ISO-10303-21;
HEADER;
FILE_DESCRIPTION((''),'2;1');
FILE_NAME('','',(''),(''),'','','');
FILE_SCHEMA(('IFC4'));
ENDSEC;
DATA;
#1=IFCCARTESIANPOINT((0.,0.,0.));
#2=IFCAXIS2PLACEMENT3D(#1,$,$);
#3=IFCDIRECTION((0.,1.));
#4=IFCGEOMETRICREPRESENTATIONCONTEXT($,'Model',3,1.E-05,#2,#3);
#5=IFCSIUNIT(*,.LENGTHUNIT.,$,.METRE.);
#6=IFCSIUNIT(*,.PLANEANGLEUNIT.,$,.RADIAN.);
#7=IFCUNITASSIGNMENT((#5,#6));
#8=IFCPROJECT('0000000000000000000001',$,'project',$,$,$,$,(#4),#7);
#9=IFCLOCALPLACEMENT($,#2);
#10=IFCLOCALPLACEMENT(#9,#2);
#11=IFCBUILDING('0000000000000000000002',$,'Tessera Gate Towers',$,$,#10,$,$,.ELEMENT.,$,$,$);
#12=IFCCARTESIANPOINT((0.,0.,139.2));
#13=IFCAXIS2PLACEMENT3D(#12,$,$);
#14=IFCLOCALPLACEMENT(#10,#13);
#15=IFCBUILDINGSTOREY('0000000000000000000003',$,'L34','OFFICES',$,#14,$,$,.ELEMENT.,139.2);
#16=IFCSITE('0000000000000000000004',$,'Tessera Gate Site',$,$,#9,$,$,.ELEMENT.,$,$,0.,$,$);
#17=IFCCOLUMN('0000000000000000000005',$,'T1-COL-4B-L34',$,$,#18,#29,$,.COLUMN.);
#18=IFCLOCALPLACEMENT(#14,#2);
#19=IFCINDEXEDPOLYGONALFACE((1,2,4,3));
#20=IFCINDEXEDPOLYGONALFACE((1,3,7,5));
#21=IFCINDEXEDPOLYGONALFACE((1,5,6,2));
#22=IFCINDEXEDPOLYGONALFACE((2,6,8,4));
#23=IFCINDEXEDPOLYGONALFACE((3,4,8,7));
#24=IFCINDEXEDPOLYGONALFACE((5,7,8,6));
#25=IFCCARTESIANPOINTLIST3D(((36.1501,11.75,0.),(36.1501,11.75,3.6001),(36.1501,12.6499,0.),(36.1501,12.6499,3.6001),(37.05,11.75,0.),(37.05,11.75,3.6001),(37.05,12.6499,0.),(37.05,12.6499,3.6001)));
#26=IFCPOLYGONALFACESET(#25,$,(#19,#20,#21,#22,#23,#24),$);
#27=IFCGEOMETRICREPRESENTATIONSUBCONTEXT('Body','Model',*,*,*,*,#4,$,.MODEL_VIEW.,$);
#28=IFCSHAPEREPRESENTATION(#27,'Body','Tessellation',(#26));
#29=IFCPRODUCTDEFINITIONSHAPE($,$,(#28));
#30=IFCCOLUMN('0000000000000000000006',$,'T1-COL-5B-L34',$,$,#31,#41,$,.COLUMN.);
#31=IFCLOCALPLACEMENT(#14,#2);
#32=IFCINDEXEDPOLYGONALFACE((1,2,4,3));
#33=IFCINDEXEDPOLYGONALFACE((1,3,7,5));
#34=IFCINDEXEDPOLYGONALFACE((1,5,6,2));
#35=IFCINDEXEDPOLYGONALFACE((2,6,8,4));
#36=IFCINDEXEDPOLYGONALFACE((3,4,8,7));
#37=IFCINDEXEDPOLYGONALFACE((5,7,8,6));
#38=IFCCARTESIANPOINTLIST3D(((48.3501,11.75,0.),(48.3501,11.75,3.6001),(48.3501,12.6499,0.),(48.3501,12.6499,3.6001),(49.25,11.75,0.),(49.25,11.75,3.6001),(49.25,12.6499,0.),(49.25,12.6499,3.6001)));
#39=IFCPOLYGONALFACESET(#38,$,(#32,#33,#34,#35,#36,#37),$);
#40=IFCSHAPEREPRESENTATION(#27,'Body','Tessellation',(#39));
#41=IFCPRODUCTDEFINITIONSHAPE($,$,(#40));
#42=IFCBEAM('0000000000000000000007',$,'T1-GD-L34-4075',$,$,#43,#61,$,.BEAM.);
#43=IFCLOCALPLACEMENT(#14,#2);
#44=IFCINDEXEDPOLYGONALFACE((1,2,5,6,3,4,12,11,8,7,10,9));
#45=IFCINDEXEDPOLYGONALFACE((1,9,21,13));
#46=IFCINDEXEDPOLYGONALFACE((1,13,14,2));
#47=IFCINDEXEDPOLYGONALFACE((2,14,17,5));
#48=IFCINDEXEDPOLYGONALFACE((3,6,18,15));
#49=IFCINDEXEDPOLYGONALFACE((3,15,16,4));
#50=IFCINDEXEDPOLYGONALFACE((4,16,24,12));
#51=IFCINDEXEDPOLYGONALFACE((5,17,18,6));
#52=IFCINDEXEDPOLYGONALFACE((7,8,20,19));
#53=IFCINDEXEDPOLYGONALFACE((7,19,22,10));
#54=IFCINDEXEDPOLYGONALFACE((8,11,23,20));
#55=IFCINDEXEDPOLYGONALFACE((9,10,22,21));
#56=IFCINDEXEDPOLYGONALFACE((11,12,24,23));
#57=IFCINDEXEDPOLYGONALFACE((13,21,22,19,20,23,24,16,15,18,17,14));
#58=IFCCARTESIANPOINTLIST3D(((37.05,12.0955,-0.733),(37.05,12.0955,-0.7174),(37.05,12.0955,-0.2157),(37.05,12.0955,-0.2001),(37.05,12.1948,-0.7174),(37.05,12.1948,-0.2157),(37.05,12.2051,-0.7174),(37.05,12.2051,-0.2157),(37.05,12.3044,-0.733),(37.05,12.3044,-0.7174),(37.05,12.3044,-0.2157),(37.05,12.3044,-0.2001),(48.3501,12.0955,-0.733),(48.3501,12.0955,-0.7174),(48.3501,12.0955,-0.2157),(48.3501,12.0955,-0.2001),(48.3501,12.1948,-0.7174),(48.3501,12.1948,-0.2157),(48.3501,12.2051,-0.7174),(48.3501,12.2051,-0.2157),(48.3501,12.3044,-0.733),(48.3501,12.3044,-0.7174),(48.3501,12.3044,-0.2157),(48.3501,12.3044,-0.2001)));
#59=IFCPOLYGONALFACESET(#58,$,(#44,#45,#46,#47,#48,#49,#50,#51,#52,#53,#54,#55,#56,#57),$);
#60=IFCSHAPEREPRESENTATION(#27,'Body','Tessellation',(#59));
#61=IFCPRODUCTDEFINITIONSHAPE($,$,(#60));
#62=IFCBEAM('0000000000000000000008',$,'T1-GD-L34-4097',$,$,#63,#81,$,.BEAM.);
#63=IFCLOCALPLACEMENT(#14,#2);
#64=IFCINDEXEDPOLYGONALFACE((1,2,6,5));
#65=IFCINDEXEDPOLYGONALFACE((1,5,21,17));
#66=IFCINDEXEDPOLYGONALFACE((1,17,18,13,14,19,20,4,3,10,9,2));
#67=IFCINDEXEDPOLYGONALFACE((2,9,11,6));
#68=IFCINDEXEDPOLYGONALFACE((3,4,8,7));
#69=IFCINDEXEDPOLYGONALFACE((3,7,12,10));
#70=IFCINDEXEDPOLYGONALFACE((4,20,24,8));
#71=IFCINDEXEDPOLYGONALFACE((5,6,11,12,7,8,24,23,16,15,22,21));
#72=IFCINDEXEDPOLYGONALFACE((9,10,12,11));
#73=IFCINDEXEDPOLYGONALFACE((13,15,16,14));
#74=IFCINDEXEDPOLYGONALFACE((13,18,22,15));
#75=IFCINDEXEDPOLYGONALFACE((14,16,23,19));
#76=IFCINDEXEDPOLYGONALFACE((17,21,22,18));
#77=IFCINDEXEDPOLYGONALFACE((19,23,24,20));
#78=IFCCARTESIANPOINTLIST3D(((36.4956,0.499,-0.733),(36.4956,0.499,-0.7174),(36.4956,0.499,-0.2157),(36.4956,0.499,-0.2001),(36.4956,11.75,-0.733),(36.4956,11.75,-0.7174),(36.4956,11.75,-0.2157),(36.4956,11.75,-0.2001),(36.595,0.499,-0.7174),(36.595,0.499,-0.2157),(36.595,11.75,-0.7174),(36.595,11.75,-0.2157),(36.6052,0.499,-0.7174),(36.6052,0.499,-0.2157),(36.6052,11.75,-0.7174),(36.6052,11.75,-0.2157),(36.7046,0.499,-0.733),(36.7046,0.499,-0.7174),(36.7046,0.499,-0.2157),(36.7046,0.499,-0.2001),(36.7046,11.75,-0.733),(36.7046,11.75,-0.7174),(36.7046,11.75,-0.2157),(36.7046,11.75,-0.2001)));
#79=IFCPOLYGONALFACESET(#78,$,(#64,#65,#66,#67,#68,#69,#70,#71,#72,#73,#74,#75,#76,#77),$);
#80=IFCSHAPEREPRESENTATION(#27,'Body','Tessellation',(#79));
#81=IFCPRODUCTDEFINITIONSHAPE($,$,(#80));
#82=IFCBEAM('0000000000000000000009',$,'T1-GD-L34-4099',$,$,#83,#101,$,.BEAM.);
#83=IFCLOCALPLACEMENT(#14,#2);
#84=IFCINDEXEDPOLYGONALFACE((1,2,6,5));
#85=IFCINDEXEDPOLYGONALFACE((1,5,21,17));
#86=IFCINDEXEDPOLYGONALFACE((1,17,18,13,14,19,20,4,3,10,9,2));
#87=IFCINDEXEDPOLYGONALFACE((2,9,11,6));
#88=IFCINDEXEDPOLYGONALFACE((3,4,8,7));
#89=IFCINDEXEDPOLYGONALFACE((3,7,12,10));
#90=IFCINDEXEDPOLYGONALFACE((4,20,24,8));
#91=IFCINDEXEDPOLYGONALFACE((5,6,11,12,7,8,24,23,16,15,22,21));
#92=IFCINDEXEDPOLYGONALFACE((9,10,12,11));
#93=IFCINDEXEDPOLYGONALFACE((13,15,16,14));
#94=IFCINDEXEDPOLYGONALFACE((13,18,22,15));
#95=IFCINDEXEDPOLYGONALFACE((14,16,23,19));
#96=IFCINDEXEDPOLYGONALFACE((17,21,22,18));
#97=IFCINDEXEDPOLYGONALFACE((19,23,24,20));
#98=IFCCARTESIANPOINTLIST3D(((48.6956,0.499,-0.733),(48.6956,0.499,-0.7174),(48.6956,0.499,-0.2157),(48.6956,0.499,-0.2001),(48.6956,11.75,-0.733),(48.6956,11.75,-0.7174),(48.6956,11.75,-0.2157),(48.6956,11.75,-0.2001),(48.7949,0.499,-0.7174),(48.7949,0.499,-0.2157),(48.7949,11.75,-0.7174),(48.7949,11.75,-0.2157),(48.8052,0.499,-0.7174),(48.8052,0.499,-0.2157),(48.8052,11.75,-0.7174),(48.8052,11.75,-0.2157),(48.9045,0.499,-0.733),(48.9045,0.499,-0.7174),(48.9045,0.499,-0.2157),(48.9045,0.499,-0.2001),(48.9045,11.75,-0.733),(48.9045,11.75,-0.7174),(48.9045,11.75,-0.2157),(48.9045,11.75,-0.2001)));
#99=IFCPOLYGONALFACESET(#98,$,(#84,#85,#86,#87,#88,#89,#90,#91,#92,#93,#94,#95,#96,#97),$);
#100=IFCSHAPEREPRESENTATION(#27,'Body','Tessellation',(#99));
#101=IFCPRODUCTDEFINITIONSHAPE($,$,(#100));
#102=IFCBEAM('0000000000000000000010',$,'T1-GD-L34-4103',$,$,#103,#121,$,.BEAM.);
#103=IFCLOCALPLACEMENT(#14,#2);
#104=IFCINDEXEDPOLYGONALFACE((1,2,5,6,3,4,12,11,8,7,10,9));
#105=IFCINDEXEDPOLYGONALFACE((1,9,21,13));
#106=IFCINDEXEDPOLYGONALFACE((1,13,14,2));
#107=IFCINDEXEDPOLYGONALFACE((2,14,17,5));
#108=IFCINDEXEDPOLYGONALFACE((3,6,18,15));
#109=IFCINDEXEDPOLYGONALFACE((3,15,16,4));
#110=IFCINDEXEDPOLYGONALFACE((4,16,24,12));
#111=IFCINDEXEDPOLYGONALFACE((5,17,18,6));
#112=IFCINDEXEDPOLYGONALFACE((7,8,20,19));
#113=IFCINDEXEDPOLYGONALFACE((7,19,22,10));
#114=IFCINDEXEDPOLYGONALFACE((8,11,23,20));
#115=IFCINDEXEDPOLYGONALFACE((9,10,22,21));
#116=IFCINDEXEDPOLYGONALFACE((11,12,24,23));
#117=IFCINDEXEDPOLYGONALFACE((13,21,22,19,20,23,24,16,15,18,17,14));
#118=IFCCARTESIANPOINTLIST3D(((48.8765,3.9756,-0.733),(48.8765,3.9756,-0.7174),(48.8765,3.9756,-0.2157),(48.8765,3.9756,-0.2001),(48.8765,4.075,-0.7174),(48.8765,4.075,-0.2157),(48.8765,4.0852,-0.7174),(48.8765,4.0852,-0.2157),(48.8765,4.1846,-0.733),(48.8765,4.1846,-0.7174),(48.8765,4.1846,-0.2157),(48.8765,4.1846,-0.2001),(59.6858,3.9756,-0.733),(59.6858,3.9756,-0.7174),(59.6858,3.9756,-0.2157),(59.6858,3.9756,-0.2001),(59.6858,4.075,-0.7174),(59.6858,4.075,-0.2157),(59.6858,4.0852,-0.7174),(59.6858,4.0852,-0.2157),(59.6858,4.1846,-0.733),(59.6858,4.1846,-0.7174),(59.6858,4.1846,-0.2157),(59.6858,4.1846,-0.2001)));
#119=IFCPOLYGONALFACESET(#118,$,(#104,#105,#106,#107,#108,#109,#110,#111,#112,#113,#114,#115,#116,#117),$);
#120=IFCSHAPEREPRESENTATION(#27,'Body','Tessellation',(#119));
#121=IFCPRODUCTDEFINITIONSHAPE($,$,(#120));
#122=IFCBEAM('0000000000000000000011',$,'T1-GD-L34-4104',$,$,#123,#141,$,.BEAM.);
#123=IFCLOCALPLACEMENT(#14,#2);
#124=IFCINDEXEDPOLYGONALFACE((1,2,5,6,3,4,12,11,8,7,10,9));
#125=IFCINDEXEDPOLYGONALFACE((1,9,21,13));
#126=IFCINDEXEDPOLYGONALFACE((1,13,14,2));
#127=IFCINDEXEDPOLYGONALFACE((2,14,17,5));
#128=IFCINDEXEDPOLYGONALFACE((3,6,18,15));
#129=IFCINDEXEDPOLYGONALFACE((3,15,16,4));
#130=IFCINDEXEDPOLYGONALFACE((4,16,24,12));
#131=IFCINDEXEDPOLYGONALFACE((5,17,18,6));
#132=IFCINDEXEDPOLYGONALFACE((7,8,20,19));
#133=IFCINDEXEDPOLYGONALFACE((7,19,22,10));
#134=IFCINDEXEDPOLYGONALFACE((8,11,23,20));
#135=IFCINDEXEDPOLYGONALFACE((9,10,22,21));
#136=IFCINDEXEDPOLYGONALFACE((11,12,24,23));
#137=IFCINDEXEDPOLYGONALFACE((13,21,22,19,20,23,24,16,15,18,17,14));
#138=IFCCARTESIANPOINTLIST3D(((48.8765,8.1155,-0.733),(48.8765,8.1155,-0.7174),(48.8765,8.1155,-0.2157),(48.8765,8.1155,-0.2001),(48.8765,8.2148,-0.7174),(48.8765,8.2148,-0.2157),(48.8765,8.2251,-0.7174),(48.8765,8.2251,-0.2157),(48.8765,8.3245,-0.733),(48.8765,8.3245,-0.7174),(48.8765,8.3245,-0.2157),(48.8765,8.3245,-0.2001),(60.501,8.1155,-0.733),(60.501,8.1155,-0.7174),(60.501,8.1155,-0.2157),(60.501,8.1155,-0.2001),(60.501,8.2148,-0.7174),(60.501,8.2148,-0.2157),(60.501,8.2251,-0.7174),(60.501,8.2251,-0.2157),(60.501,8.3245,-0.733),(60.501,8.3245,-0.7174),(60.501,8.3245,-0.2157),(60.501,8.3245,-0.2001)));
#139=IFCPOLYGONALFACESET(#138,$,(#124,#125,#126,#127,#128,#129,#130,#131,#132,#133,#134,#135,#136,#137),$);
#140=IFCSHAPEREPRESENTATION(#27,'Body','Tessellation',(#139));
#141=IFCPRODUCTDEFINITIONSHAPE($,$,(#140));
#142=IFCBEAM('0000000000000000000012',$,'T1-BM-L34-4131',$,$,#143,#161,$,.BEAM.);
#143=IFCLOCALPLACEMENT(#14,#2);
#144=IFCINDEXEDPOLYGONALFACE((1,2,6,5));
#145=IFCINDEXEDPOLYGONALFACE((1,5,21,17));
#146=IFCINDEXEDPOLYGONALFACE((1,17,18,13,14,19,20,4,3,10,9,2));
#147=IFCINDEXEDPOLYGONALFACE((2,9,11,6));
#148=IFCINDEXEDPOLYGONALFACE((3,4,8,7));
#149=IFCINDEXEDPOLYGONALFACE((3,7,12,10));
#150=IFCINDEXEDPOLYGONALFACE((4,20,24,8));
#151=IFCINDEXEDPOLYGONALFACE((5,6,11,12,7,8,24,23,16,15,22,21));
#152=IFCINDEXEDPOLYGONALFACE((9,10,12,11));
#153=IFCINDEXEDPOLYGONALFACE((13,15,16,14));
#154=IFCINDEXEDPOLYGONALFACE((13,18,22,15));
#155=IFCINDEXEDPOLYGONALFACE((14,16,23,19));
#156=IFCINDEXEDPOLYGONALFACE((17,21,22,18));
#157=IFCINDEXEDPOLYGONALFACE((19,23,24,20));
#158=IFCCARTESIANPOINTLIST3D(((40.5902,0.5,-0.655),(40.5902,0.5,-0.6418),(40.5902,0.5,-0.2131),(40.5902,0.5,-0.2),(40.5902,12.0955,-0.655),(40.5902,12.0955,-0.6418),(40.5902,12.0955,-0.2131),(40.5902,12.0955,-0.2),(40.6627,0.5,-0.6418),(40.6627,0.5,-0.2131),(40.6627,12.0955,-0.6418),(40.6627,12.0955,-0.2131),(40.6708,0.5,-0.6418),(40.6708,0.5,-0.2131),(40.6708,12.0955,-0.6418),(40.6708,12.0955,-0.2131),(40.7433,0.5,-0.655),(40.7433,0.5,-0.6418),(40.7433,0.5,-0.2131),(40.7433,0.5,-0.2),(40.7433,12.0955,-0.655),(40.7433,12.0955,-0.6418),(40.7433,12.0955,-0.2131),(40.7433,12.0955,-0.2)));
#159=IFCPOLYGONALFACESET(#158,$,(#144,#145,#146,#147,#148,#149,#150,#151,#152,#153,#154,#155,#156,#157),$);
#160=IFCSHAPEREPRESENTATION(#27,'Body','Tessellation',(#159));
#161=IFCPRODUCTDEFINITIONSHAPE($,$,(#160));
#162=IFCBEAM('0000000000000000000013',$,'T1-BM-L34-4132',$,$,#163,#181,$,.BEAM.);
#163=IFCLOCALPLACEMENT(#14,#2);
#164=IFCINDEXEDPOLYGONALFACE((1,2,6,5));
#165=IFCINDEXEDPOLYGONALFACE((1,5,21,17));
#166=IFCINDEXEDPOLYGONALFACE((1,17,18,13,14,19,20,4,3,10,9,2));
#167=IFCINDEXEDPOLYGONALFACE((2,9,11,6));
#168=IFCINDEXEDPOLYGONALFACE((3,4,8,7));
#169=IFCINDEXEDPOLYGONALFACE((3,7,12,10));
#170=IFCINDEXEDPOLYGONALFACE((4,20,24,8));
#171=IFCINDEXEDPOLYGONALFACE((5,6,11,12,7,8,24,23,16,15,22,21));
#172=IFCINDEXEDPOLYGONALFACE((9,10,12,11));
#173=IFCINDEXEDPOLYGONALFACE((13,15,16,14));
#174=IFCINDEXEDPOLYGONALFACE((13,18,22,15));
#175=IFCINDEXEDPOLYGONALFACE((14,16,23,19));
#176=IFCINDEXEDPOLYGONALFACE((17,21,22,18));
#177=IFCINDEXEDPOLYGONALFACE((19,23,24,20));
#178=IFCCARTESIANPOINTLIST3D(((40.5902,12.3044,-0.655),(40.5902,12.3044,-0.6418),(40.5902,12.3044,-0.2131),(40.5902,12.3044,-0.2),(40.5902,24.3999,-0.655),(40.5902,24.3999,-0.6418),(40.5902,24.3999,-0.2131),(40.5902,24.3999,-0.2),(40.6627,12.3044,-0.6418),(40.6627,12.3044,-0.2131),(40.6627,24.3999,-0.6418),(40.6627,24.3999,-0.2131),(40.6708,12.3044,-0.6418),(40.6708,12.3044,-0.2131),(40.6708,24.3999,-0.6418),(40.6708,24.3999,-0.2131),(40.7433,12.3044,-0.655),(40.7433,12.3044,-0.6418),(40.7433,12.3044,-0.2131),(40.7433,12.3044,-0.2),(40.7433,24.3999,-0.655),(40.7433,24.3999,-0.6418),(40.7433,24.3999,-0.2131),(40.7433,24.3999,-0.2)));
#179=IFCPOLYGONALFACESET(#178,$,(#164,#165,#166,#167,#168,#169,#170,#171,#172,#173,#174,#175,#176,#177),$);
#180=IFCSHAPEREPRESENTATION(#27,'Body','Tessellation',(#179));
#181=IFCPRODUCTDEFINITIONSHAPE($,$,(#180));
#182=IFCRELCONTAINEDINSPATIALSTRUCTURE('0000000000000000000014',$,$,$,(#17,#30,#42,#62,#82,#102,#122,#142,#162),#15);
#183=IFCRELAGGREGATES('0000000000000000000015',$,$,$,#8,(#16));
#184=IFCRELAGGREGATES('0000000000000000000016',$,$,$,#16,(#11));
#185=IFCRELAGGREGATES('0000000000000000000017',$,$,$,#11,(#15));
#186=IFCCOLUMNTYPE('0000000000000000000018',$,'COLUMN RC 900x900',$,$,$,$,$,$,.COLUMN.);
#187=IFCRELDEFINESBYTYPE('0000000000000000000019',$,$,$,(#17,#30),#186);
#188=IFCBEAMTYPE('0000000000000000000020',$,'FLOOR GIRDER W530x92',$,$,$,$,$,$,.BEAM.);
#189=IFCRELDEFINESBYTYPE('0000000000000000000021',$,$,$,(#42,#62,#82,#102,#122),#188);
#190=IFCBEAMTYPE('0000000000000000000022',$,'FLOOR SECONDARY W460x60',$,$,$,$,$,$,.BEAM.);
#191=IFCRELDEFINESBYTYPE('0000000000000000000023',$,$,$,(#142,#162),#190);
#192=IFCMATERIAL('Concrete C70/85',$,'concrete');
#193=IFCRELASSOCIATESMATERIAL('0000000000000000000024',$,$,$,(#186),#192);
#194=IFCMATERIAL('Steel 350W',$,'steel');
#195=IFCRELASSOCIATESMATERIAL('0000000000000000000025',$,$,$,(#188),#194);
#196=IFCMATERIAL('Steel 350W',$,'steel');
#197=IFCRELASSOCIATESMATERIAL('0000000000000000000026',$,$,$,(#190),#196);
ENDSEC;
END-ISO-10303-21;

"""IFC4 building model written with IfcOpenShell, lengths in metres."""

from ifc_helpers import new_model, si_unit, direction, frame, origin, origin_2d, place, context, subcontext, project, spatial, rectangle, i_section, extrude, material, material_profile, profile_set, type_object, element, save


model = new_model("IFC4")

# Units and contexts
model_context = context("Model", 3, precision=1e-05, world=origin(), true_north=direction((0.0, 1.0)))
body_context = subcontext(model_context, "Body", "Model", "MODEL_VIEW")
ifc_project = project(units=[si_unit("LENGTHUNIT", "METRE"), si_unit("PLANEANGLEUNIT", "RADIAN")], contexts=[model_context])

# Site, building, storey
site_placement = place(None, origin())
site = spatial("IfcSite", under=ifc_project, at=site_placement, Name="Tessera Gate Site", CompositionType="ELEMENT", RefElevation=0.0)
building_placement = place(site_placement, origin())
building = spatial("IfcBuilding", under=site, at=building_placement, Name="Tessera Gate Towers", CompositionType="ELEMENT")
storey_placement = place(building_placement, frame((0.0, 0.0, 139.2)))
storey = spatial("IfcBuildingStorey", under=building, at=storey_placement, Name="L34", Description="OFFICES", CompositionType="ELEMENT", Elevation=139.2)

# Columns
ifc_material_1 = material(Name="Concrete C70/85", Category="concrete")
ifc_material_profile_1 = material_profile(ifc_material_1, rectangle(XDim=0.8999, YDim=0.8999, at=origin_2d()), Name="RC 900x900")
ifc_profile_set_1 = profile_set([ifc_material_profile_1], Name="Concrete C70/85")
column_type = type_object("IfcColumnType", Name="COLUMN RC 900x900", PredefinedType="COLUMN", material=ifc_profile_set_1)
for number, where, z_axis, x_axis, name in (
    (1, (36.6001, 12.2, 0.0), (0.0, 0.0, 1.0), (1.0, 0.0, 0.0), "T1-COL-4B-L34"),
    (2, (48.8, 12.2, 0.0), (0.0, 0.0, 1.0), (1.0, 0.0, 0.0), "T1-COL-5B-L34"),
):
    element("IfcColumn", number, at=place(storey_placement, frame(where, z_axis=z_axis, x_axis=x_axis)), inside=storey, type_object=column_type, Name=name, PredefinedType="COLUMN", context=body_context, shape_type="SweptSolid", body=[
        extrude(rectangle(XDim=0.8999, YDim=0.8999, at=origin_2d()), origin(), (0.0, 0.0, 1.0), 3.6001),
    ])

# Beams
ifc_material_2 = material(Name="Steel 350W", Category="steel")
ifc_material_profile_2 = material_profile(ifc_material_2, i_section(OverallWidth=0.209, OverallDepth=0.533, WebThickness=0.0103, FlangeThickness=0.0156, at=origin_2d()), Name="W530x92")
ifc_profile_set_2 = profile_set([ifc_material_profile_2], Name="Steel 350W")
beam_type_1 = type_object("IfcBeamType", Name="FLOOR GIRDER W530x92", PredefinedType="BEAM", material=ifc_profile_set_2)
beam_1_placement = place(storey_placement, frame((37.05, 12.2, -0.4666), z_axis=(1.0, 0.0, 0.0), x_axis=(0.0, 1.0, 0.0)))
element("IfcBeam", 3, at=beam_1_placement, inside=storey, type_object=beam_type_1, Name="T1-GD-L34-4075", PredefinedType="BEAM", context=body_context, shape_type="SweptSolid", body=[
    extrude(i_section(OverallWidth=0.209, OverallDepth=0.533, WebThickness=0.0103, FlangeThickness=0.0156, at=origin_2d()), origin(), (0.0, 0.0, 1.0), 11.3),
])
for number, where, z_axis, x_axis, name in (
    (4, (36.6001, 0.499, -0.4666), (0.0, 1.0, 0.0), (-1.0, 0.0, 0.0), "T1-GD-L34-4097"),
    (5, (48.8, 0.499, -0.4666), (0.0, 1.0, 0.0), (-1.0, 0.0, 0.0), "T1-GD-L34-4099"),
):
    element("IfcBeam", number, at=place(storey_placement, frame(where, z_axis=z_axis, x_axis=x_axis)), inside=storey, type_object=beam_type_1, Name=name, PredefinedType="BEAM", context=body_context, shape_type="SweptSolid", body=[
        extrude(i_section(OverallWidth=0.209, OverallDepth=0.533, WebThickness=0.0103, FlangeThickness=0.0156, at=origin_2d()), origin(), (0.0, 0.0, 1.0), 11.251),
    ])
beam_2_placement = place(storey_placement, frame((48.8765, 4.0801, -0.4666), z_axis=(1.0, 0.0, 0.0), x_axis=(0.0, 1.0, 0.0)))
element("IfcBeam", 6, at=beam_2_placement, inside=storey, type_object=beam_type_1, Name="T1-GD-L34-4103", PredefinedType="BEAM", context=body_context, shape_type="SweptSolid", body=[
    extrude(i_section(OverallWidth=0.209, OverallDepth=0.533, WebThickness=0.0103, FlangeThickness=0.0156, at=origin_2d()), origin(), (0.0, 0.0, 1.0), 10.8093),
])
beam_3_placement = place(storey_placement, frame((48.8765, 8.22, -0.4666), z_axis=(1.0, 0.0, 0.0), x_axis=(0.0, 1.0, 0.0)))
element("IfcBeam", 7, at=beam_3_placement, inside=storey, type_object=beam_type_1, Name="T1-GD-L34-4104", PredefinedType="BEAM", context=body_context, shape_type="SweptSolid", body=[
    extrude(i_section(OverallWidth=0.209, OverallDepth=0.533, WebThickness=0.0103, FlangeThickness=0.0156, at=origin_2d()), origin(), (0.0, 0.0, 1.0), 11.6245),
])
ifc_material_3 = material(Name="Steel 350W", Category="steel")
ifc_material_profile_3 = material_profile(ifc_material_3, i_section(OverallWidth=0.1531, OverallDepth=0.4551, WebThickness=0.0081, FlangeThickness=0.0132, at=origin_2d()), Name="W460x60")
ifc_profile_set_3 = profile_set([ifc_material_profile_3], Name="Steel 350W")
beam_type_2 = type_object("IfcBeamType", Name="FLOOR SECONDARY W460x60", PredefinedType="BEAM", material=ifc_profile_set_3)
beam_4_placement = place(storey_placement, frame((40.6667, 0.5, -0.4275), z_axis=(0.0, 1.0, 0.0), x_axis=(-1.0, 0.0, 0.0)))
element("IfcBeam", 8, at=beam_4_placement, inside=storey, type_object=beam_type_2, Name="T1-BM-L34-4131", PredefinedType="BEAM", context=body_context, shape_type="SweptSolid", body=[
    extrude(i_section(OverallWidth=0.1531, OverallDepth=0.4551, WebThickness=0.0081, FlangeThickness=0.0132, at=origin_2d()), origin(), (0.0, 0.0, 1.0), 11.5955),
])
beam_5_placement = place(storey_placement, frame((40.6667, 12.3044, -0.4275), z_axis=(0.0, 1.0, 0.0), x_axis=(-1.0, 0.0, 0.0)))
element("IfcBeam", 9, at=beam_5_placement, inside=storey, type_object=beam_type_2, Name="T1-BM-L34-4132", PredefinedType="BEAM", context=body_context, shape_type="SweptSolid", body=[
    extrude(i_section(OverallWidth=0.1531, OverallDepth=0.4551, WebThickness=0.0081, FlangeThickness=0.0132, at=origin_2d()), origin(), (0.0, 0.0, 1.0), 12.0955),
])

save(model, "model.ifc")
